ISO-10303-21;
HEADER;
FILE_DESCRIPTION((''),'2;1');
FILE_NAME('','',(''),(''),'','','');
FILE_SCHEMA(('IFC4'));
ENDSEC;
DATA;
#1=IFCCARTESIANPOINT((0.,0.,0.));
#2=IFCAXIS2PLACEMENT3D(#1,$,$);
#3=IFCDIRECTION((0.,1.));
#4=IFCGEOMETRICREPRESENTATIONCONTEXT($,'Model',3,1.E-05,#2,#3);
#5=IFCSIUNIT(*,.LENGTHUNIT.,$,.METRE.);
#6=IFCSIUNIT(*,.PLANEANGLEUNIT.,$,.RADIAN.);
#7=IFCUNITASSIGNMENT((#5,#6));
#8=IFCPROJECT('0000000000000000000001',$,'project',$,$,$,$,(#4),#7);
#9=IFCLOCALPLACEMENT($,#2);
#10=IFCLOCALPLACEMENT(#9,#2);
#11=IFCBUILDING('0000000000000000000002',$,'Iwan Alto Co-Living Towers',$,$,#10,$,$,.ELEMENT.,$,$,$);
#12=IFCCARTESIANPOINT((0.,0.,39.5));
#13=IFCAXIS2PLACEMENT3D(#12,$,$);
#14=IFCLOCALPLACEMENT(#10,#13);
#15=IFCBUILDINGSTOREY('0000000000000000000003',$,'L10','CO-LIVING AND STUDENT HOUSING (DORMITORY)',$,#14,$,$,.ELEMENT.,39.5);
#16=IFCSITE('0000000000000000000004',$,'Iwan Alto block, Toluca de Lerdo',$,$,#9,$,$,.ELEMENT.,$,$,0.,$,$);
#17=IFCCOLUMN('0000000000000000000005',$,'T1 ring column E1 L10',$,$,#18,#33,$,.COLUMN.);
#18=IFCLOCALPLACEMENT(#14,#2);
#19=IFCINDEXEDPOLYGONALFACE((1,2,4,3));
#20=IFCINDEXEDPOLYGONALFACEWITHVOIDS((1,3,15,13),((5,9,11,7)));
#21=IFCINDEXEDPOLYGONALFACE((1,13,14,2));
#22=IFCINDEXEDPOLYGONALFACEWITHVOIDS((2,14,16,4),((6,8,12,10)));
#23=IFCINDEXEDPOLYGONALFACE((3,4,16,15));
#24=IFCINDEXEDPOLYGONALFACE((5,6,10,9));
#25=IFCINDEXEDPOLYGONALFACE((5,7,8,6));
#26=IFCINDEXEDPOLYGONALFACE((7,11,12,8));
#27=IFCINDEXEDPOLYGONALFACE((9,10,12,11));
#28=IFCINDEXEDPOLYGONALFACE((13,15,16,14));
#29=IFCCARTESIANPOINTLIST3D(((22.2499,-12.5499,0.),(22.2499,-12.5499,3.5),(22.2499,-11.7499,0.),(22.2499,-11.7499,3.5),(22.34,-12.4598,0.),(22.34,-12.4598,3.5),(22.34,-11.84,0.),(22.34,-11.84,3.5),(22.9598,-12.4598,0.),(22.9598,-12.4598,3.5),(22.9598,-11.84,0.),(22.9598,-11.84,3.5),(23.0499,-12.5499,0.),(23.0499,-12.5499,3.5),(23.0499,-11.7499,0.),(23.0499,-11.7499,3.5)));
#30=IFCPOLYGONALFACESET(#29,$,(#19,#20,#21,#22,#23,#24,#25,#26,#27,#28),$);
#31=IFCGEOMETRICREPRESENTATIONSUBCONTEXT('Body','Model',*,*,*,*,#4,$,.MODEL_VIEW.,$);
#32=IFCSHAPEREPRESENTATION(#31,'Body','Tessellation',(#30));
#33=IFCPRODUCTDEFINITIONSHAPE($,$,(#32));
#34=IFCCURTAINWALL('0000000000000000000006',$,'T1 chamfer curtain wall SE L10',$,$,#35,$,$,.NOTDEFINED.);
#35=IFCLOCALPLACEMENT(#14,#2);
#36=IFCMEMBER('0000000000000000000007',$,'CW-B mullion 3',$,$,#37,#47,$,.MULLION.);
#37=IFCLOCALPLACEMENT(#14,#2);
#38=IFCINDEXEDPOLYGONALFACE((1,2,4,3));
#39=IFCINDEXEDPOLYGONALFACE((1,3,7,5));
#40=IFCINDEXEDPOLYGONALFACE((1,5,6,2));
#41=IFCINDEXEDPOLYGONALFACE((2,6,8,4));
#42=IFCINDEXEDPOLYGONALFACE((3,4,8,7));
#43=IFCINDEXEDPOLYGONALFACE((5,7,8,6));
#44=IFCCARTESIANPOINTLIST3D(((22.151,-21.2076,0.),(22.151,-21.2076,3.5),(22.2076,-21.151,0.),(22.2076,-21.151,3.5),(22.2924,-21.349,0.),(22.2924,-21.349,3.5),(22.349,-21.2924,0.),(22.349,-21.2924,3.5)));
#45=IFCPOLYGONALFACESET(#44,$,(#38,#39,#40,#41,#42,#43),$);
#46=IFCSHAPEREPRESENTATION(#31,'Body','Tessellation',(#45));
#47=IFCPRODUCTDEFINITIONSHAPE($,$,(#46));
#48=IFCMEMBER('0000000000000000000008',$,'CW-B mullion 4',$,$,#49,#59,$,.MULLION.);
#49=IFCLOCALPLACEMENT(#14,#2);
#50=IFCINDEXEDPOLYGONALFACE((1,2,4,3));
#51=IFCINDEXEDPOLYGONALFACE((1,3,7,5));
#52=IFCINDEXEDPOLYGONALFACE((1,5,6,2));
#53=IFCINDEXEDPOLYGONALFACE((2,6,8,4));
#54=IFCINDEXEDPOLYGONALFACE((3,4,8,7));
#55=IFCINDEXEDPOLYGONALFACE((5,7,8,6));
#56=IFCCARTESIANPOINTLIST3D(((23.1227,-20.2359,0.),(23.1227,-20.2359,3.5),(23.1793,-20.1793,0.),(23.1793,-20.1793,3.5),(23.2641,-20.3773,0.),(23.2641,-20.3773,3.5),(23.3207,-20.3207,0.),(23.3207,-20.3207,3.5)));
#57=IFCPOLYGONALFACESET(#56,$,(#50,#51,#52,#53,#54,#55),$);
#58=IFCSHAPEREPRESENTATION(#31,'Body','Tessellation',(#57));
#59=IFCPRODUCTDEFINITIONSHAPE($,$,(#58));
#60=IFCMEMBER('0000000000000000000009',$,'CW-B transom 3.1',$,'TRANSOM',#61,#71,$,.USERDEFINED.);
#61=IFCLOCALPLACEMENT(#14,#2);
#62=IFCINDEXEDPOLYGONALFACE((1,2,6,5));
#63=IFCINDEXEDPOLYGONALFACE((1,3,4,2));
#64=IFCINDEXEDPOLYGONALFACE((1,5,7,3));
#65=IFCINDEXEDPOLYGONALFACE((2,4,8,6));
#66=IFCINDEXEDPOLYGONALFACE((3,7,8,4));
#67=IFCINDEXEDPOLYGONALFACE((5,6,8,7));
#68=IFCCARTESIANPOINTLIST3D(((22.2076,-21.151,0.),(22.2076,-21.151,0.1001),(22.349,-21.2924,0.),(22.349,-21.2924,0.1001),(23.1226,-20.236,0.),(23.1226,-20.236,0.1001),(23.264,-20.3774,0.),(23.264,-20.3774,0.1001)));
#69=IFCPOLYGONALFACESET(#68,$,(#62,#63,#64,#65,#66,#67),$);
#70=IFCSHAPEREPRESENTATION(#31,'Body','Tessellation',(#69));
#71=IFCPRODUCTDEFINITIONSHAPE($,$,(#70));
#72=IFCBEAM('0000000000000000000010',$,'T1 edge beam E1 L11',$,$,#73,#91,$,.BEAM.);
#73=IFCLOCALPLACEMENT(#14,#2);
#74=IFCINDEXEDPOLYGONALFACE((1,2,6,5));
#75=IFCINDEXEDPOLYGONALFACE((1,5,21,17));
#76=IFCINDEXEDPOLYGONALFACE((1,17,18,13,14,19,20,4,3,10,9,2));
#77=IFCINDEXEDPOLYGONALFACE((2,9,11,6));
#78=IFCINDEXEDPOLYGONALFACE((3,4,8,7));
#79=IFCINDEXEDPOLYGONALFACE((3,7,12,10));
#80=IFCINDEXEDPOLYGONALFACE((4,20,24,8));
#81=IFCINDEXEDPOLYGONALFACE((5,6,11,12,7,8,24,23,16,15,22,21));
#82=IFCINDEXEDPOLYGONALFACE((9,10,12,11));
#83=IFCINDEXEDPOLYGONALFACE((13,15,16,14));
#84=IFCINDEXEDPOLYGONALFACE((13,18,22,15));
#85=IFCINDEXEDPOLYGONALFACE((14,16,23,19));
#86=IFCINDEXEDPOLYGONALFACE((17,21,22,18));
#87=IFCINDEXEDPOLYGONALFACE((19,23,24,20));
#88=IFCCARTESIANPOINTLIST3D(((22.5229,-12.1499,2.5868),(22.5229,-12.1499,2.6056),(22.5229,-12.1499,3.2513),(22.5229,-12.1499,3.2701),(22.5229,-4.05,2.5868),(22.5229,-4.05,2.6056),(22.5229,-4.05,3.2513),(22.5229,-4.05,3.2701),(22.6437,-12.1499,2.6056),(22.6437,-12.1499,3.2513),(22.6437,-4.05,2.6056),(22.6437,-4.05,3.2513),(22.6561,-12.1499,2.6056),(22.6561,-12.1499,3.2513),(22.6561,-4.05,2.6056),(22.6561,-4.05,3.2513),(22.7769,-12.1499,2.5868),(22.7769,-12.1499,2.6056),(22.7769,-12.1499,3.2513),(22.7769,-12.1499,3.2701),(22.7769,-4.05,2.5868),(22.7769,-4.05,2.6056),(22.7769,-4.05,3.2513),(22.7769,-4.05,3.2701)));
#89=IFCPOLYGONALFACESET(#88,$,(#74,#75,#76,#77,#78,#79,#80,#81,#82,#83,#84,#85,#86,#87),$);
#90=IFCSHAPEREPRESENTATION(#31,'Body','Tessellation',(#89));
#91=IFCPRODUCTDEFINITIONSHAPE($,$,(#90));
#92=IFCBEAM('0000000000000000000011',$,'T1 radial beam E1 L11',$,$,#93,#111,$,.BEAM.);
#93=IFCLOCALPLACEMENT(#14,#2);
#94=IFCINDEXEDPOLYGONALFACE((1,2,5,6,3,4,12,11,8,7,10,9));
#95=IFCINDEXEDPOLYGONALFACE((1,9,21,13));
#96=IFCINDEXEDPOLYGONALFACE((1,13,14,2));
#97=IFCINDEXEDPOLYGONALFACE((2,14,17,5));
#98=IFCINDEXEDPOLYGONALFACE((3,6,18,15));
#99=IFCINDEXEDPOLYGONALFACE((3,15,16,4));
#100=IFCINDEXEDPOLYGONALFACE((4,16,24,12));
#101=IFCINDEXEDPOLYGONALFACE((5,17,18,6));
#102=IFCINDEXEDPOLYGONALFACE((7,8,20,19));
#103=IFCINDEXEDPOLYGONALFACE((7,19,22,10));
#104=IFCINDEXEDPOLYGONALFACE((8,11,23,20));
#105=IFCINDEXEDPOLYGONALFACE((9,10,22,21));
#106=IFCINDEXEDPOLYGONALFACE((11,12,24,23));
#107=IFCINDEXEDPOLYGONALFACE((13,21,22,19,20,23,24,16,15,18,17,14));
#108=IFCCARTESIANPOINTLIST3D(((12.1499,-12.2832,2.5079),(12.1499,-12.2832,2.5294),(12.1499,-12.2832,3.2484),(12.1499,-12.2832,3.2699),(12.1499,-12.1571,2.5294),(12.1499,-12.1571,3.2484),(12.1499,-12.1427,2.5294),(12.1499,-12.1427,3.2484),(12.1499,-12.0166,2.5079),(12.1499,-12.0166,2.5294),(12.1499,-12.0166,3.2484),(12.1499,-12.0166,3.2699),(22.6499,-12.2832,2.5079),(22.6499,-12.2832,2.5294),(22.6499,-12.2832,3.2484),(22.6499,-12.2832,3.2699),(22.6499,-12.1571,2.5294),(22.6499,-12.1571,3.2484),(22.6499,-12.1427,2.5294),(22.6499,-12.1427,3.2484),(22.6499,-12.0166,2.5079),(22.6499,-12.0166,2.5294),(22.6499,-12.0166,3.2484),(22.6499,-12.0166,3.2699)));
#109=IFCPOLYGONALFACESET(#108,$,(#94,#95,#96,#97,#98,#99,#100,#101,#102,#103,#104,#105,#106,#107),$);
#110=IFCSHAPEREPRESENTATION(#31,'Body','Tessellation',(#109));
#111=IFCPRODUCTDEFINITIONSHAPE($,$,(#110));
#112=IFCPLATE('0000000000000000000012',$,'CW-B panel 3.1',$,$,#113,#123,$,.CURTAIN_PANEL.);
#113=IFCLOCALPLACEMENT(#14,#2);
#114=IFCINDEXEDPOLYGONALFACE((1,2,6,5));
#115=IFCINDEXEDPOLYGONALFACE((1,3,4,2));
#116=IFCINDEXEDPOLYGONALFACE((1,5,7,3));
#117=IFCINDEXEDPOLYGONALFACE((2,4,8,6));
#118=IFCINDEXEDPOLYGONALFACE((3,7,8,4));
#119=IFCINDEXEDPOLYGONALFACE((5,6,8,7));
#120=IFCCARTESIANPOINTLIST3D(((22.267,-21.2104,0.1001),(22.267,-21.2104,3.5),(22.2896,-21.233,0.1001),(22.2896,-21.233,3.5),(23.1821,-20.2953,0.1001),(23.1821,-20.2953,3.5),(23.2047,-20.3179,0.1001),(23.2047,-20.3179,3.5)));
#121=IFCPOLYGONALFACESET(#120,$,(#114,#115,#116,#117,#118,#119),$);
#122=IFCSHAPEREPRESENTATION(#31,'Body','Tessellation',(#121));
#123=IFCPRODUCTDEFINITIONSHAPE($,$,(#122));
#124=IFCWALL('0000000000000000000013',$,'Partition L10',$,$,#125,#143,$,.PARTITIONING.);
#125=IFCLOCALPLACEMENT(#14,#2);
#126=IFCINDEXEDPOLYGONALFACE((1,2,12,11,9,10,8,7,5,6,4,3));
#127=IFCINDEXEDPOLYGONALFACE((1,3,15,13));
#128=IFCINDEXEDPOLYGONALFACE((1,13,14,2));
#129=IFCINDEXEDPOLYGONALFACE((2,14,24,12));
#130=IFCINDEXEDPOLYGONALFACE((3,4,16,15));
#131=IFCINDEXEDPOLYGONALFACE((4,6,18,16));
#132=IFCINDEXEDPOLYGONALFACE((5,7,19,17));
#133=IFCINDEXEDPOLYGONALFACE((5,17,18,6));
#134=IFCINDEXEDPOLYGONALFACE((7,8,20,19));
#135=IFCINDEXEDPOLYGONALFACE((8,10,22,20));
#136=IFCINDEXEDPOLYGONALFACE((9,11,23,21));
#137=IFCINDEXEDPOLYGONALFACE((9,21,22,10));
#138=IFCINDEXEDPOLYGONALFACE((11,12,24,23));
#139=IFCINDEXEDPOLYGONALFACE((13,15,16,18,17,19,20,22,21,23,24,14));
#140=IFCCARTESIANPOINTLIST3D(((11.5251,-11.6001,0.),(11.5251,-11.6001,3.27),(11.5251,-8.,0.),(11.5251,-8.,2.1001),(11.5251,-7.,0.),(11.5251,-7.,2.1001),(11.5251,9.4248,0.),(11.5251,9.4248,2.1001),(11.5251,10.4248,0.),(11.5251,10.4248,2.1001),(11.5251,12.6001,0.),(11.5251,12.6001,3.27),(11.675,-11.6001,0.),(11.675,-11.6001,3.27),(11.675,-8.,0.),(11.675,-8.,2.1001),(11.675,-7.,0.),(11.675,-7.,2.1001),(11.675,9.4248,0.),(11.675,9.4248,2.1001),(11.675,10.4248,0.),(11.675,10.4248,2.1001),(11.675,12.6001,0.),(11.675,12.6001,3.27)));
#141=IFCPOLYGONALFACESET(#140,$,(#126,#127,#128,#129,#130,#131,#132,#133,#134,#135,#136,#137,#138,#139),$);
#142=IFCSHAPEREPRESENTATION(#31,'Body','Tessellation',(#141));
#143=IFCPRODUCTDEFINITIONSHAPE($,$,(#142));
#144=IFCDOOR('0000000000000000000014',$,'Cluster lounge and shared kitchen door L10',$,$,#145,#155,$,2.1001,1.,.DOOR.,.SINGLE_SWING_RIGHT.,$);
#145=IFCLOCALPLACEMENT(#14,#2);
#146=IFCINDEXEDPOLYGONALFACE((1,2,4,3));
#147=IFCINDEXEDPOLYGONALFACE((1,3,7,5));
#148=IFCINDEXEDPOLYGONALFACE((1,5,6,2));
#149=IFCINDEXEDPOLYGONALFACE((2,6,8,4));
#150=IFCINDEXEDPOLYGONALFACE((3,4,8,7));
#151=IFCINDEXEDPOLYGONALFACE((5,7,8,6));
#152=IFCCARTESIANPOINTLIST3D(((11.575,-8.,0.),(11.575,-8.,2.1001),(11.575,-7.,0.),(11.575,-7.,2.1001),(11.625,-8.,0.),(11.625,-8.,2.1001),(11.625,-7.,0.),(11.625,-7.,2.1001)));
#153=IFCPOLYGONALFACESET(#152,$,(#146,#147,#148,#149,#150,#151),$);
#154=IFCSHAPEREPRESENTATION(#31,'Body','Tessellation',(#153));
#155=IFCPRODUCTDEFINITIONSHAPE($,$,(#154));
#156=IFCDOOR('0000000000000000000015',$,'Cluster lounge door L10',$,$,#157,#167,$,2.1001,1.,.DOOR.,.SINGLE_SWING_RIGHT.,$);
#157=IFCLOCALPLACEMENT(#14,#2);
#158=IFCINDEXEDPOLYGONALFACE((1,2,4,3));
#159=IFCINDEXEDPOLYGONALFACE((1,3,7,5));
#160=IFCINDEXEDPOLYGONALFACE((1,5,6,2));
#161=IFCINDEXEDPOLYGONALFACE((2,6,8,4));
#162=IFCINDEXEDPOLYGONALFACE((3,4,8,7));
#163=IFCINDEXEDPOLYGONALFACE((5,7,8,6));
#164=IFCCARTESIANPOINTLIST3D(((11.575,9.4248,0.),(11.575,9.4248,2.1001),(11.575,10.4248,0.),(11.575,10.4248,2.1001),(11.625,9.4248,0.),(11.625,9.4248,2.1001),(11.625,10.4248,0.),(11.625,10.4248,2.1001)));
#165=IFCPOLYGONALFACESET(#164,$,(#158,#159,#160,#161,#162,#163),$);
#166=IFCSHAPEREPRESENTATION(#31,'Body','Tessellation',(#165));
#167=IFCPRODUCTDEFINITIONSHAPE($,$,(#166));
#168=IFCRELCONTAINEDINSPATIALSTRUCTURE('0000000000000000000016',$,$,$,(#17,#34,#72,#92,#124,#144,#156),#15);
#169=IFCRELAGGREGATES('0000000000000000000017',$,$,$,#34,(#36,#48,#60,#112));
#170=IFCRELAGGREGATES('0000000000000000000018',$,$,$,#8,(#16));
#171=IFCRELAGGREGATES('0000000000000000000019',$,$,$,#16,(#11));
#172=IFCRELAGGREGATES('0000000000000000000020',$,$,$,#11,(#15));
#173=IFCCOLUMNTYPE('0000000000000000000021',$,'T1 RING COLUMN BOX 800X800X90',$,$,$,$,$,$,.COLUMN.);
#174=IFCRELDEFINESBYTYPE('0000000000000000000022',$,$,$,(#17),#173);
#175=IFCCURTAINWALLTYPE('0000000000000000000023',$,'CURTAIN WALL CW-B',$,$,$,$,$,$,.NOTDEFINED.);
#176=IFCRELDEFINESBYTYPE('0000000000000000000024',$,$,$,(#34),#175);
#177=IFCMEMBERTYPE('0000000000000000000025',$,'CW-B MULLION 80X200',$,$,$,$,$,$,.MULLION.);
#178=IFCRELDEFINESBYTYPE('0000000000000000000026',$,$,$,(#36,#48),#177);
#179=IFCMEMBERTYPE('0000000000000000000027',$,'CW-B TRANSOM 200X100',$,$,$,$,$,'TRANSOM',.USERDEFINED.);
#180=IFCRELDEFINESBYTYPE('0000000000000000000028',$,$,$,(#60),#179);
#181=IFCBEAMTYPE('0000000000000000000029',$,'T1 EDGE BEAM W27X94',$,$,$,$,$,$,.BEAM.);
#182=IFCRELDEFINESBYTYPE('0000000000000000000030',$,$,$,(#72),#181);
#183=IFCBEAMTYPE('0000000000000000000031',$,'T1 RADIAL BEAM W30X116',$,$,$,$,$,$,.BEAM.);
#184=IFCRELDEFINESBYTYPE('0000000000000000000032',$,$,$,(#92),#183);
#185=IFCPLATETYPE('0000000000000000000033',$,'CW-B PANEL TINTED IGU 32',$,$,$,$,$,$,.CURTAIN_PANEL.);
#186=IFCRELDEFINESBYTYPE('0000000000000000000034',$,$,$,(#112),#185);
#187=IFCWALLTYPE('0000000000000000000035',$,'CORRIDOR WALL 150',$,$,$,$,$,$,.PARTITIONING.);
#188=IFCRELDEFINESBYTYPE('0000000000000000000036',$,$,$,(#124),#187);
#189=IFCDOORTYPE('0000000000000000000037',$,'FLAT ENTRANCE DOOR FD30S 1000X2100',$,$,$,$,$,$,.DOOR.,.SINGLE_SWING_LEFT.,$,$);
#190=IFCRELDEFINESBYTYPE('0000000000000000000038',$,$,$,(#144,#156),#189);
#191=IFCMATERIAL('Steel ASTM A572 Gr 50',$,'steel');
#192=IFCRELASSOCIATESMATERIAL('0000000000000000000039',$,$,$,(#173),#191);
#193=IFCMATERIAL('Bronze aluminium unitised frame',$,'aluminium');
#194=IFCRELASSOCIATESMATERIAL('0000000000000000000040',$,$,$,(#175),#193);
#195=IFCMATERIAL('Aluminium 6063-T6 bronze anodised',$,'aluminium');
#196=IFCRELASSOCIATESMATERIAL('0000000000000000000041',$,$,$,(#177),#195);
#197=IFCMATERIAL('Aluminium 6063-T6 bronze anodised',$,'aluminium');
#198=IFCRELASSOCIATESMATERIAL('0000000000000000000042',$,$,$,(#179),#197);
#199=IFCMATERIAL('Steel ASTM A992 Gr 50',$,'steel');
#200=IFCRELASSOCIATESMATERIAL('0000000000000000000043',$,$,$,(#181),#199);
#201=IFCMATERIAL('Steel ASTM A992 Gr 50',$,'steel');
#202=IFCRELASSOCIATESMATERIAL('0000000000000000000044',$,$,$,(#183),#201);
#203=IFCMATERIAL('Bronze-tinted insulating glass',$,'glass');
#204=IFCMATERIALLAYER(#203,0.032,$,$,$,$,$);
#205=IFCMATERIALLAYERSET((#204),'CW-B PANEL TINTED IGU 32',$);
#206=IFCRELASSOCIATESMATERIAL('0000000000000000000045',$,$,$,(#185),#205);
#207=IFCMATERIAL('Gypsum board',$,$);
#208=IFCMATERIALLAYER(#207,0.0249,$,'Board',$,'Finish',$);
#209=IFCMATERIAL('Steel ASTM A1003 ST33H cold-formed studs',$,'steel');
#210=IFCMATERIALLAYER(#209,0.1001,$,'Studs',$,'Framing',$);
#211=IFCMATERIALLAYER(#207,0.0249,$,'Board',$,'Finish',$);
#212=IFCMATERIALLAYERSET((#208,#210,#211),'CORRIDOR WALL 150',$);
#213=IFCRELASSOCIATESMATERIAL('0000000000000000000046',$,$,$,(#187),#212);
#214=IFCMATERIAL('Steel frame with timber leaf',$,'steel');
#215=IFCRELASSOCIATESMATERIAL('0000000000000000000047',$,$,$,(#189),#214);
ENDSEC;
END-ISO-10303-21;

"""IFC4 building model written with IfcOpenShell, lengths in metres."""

from ifc_helpers import new_model, si_unit, direction, frame, frame_2d, origin, origin_2d, place, context, subcontext, project, spatial, rectangle, hollow_rectangle, i_section, extrude, material, layer, layer_set, material_profile, profile_set, type_object, element, fill, aggregate, save


model = new_model("IFC4")

# Units and contexts
model_context = context("Model", 3, precision=1e-05, world=origin(), true_north=direction((0.0, 1.0)))
body_context = subcontext(model_context, "Body", "Model", "MODEL_VIEW")
ifc_project = project(units=[si_unit("LENGTHUNIT", "METRE"), si_unit("PLANEANGLEUNIT", "RADIAN")], contexts=[model_context])

# Site, building, storey
site_placement = place(None, origin())
site = spatial("IfcSite", under=ifc_project, at=site_placement, Name="Iwan Alto block, Toluca de Lerdo", CompositionType="ELEMENT", RefElevation=0.0)
building_placement = place(site_placement, origin())
building = spatial("IfcBuilding", under=site, at=building_placement, Name="Iwan Alto Co-Living Towers", CompositionType="ELEMENT")
storey_placement = place(building_placement, frame((0.0, 0.0, 39.5)))
storey = spatial("IfcBuildingStorey", under=building, at=storey_placement, Name="L10", Description="CO-LIVING AND STUDENT HOUSING (DORMITORY)", CompositionType="ELEMENT", Elevation=39.5)

# Column
ifc_material_1 = material(Name="Steel ASTM A572 Gr 50", Category="steel")
ifc_material_profile_1 = material_profile(ifc_material_1, hollow_rectangle(XDim=0.8, YDim=0.8, WallThickness=0.0901, at=origin_2d()), Name="BOX 800X800X90")
ifc_profile_set_1 = profile_set([ifc_material_profile_1], Name="Steel ASTM A572 Gr 50")
column_type = type_object("IfcColumnType", Name="T1 RING COLUMN BOX 800X800X90", PredefinedType="COLUMN", material=ifc_profile_set_1)
column_placement = place(storey_placement, frame((22.6499, -12.1499, 0.0), z_axis=(0.0, 0.0, 1.0), x_axis=(1.0, 0.0, 0.0)))
element("IfcColumn", 1, at=column_placement, inside=storey, type_object=column_type, Name="T1 ring column E1 L10", PredefinedType="COLUMN", context=body_context, shape_type="SweptSolid", body=[
    extrude(hollow_rectangle(XDim=0.8, YDim=0.8, WallThickness=0.0901, at=origin_2d()), origin(), (0.0, 0.0, 1.0), 3.5),
])

# Curtain wall, members
ifc_material_2 = material(Name="Bronze aluminium unitised frame", Category="aluminium")
curtain_wall_type = type_object("IfcCurtainWallType", Name="CURTAIN WALL CW-B", PredefinedType="NOTDEFINED", material=ifc_material_2)
curtain_wall_placement = place(storey_placement, origin())
curtain_wall = element("IfcCurtainWall", 2, at=curtain_wall_placement, inside=storey, type_object=curtain_wall_type, Name="T1 chamfer curtain wall SE L10", PredefinedType="NOTDEFINED")
ifc_material_3 = material(Name="Aluminium 6063-T6 bronze anodised", Category="aluminium")
ifc_material_profile_2 = material_profile(ifc_material_3, rectangle(XDim=0.2, YDim=0.0801, at=origin_2d()), Name="AL 80X200")
ifc_profile_set_2 = profile_set([ifc_material_profile_2], Name="Aluminium 6063-T6 bronze anodised")
member_type_1 = type_object("IfcMemberType", Name="CW-B MULLION 80X200", PredefinedType="MULLION", material=ifc_profile_set_2)
member_1_placement = place(storey_placement, frame((22.25, -21.25, 0.0), z_axis=(0.0, 0.0, 1.0), x_axis=(-0.707107, 0.707107, 0.0)))
member_1 = element("IfcMember", 3, at=member_1_placement, type_object=member_type_1, Name="CW-B mullion 3", PredefinedType="MULLION", context=body_context, shape_type="SweptSolid", body=[
    extrude(rectangle(XDim=0.2, YDim=0.0801, at=origin_2d()), origin(), (0.0, 0.0, 1.0), 3.5),
])
member_2_placement = place(storey_placement, frame((23.2217, -20.2783, 0.0), z_axis=(0.0, 0.0, 1.0), x_axis=(-0.707107, 0.707107, 0.0)))
member_2 = element("IfcMember", 4, at=member_2_placement, type_object=member_type_1, Name="CW-B mullion 4", PredefinedType="MULLION", context=body_context, shape_type="SweptSolid", body=[
    extrude(rectangle(XDim=0.2, YDim=0.0801, at=origin_2d()), origin(), (0.0, 0.0, 1.0), 3.5),
])
ifc_material_4 = material(Name="Aluminium 6063-T6 bronze anodised", Category="aluminium")
ifc_material_profile_3 = material_profile(ifc_material_4, rectangle(XDim=0.2, YDim=0.1001, at=origin_2d()), Name="AL 200X100")
ifc_profile_set_3 = profile_set([ifc_material_profile_3], Name="Aluminium 6063-T6 bronze anodised")
member_type_2 = type_object("IfcMemberType", Name="CW-B TRANSOM 200X100", ElementType="TRANSOM", PredefinedType="USERDEFINED", material=ifc_profile_set_3)
member_3_placement = place(storey_placement, frame((22.2783, -21.2217, 0.05), z_axis=(0.707107, 0.707107, 0.0), x_axis=(-0.707107, 0.707107, 0.0)))
member_3 = element("IfcMember", 5, at=member_3_placement, type_object=member_type_2, Name="CW-B transom 3.1", ObjectType="TRANSOM", PredefinedType="USERDEFINED", context=body_context, shape_type="SweptSolid", body=[
    extrude(rectangle(XDim=0.2, YDim=0.1001, at=origin_2d()), origin(), (0.0, 0.0, 1.0), 1.2939),
])

# Beams
ifc_material_5 = material(Name="Steel ASTM A992 Gr 50", Category="steel")
ifc_material_profile_4 = material_profile(ifc_material_5, i_section(OverallWidth=0.2539, OverallDepth=0.6833, WebThickness=0.0125, FlangeThickness=0.0188, at=origin_2d()), Name="W27X94")
ifc_profile_set_4 = profile_set([ifc_material_profile_4], Name="Steel ASTM A992 Gr 50")
beam_type_1 = type_object("IfcBeamType", Name="T1 EDGE BEAM W27X94", PredefinedType="BEAM", material=ifc_profile_set_4)
beam_1_placement = place(storey_placement, frame((22.6499, -12.1499, 2.9285), z_axis=(0.0, 1.0, 0.0), x_axis=(-1.0, 0.0, 0.0)))
element("IfcBeam", 6, at=beam_1_placement, inside=storey, type_object=beam_type_1, Name="T1 edge beam E1 L11", PredefinedType="BEAM", context=body_context, shape_type="SweptSolid", body=[
    extrude(i_section(OverallWidth=0.2539, OverallDepth=0.6833, WebThickness=0.0125, FlangeThickness=0.0188, at=origin_2d()), origin(), (0.0, 0.0, 1.0), 8.0999),
])
ifc_material_6 = material(Name="Steel ASTM A992 Gr 50", Category="steel")
ifc_material_profile_5 = material_profile(ifc_material_6, i_section(OverallWidth=0.2666, OverallDepth=0.762, WebThickness=0.0144, FlangeThickness=0.0215, at=origin_2d()), Name="W30X116")
ifc_profile_set_5 = profile_set([ifc_material_profile_5], Name="Steel ASTM A992 Gr 50")
beam_type_2 = type_object("IfcBeamType", Name="T1 RADIAL BEAM W30X116", PredefinedType="BEAM", material=ifc_profile_set_5)
beam_2_placement = place(storey_placement, frame((22.6499, -12.1499, 2.8889), z_axis=(-1.0, 0.0, 0.0), x_axis=(0.0, -1.0, 0.0)))
element("IfcBeam", 7, at=beam_2_placement, inside=storey, type_object=beam_type_2, Name="T1 radial beam E1 L11", PredefinedType="BEAM", context=body_context, shape_type="SweptSolid", body=[
    extrude(i_section(OverallWidth=0.2666, OverallDepth=0.762, WebThickness=0.0144, FlangeThickness=0.0215, at=origin_2d()), origin(), (0.0, 0.0, 1.0), 10.5),
])

# Plate
ifc_material_7 = material(Name="Bronze-tinted insulating glass", Category="glass")
ifc_layer_1 = layer(ifc_material_7, 0.032)
ifc_layer_set_1 = layer_set([ifc_layer_1], Name="CW-B PANEL TINTED IGU 32")
plate_type = type_object("IfcPlateType", Name="CW-B PANEL TINTED IGU 32", PredefinedType="CURTAIN_PANEL", material=ifc_layer_set_1)
plate_placement = place(storey_placement, frame((22.7358, -20.7642, 0.1001), z_axis=(0.0, 0.0, 1.0), x_axis=(0.707107, 0.707107, 0.0)))
plate = element("IfcPlate", 8, at=plate_placement, type_object=plate_type, Name="CW-B panel 3.1", PredefinedType="CURTAIN_PANEL", context=body_context, shape_type="SweptSolid", body=[
    extrude(rectangle(XDim=1.2942, YDim=0.032, at=origin_2d()), origin(), (0.0, 0.0, 1.0), 3.3999),
])
aggregate(curtain_wall, [member_1, member_2, member_3, plate])

# Wall, openings, doors
ifc_material_8 = material(Name="Gypsum board")
ifc_layer_2 = layer(ifc_material_8, 0.0249, Name="Board", Category="Finish")
ifc_material_9 = material(Name="Steel ASTM A1003 ST33H cold-formed studs", Category="steel")
ifc_layer_3 = layer(ifc_material_9, 0.1001, Name="Studs", Category="Framing")
ifc_layer_4 = layer(ifc_material_8, 0.0249, Name="Board", Category="Finish")
ifc_layer_set_2 = layer_set([ifc_layer_2, ifc_layer_3, ifc_layer_4], Name="CORRIDOR WALL 150")
wall_type_1 = type_object("IfcWallType", Name="CORRIDOR WALL 150", PredefinedType="PARTITIONING", material=ifc_layer_set_2)
wall_1_placement = place(storey_placement, frame((11.6001, -11.6001, 0.0), z_axis=(0.0, 0.0, 1.0), x_axis=(0.0, 1.0, 0.0)))
wall_1 = element("IfcWall", 9, at=wall_1_placement, inside=storey, type_object=wall_type_1, Name="Partition L10", PredefinedType="PARTITIONING", context=body_context, shape_type="SweptSolid", body=[
    extrude(rectangle(XDim=24.2002, YDim=0.1499, at=frame_2d((12.1001, 0.0))), origin(), (0.0, 0.0, 1.0), 3.27),
])
opening_1_placement = place(wall_1_placement, frame((3.6001, 0.0, 0.0)))
opening_1 = element("IfcOpeningElement", 10, at=opening_1_placement, cuts=wall_1, PredefinedType="OPENING", context=body_context, shape_type="SweptSolid", body=[
    extrude(rectangle(XDim=1.0, YDim=2.1001, at=frame_2d((0.5, 1.05))), frame((0.0, 0.085, 0.0), z_axis=(0.0, -1.0, 0.0), x_axis=(1.0, 0.0, 0.0)), (0.0, 0.0, 1.0), 0.1699),
])
opening_2_placement = place(wall_1_placement, frame((21.0249, 0.0, 0.0)))
opening_2 = element("IfcOpeningElement", 11, at=opening_2_placement, cuts=wall_1, PredefinedType="OPENING", context=body_context, shape_type="SweptSolid", body=[
    extrude(rectangle(XDim=1.0, YDim=2.1001, at=frame_2d((0.5, 1.05))), frame((0.0, 0.085, 0.0), z_axis=(0.0, -1.0, 0.0), x_axis=(1.0, 0.0, 0.0)), (0.0, 0.0, 1.0), 0.1699),
])
ifc_material_10 = material(Name="Steel frame with timber leaf", Category="steel")
door_type_1 = type_object("IfcDoorType", Name="FLAT ENTRANCE DOOR FD30S 1000X2100", OperationType="SINGLE_SWING_LEFT", PredefinedType="DOOR", material=ifc_material_10)
door_1_placement = place(opening_1_placement, frame((1.0, 0.0, 0.0), z_axis=(0.0, 0.0, 1.0), x_axis=(-1.0, 0.0, 0.0)))
door_1 = element("IfcDoor", 12, at=door_1_placement, inside=storey, type_object=door_type_1, Name="Cluster lounge and shared kitchen door L10", OperationType="SINGLE_SWING_RIGHT", OverallHeight=2.1001, OverallWidth=1.0, PredefinedType="DOOR", context=body_context, shape_type="SweptSolid", body=[
    extrude(rectangle(XDim=1.0, YDim=2.1001, at=frame_2d((0.5, 1.05))), frame((0.0, 0.0249, 0.0), z_axis=(0.0, -1.0, 0.0), x_axis=(1.0, 0.0, 0.0)), (0.0, 0.0, 1.0), 0.05),
])
fill(opening_1, door_1)
door_2_placement = place(opening_2_placement, frame((1.0, 0.0, 0.0), z_axis=(0.0, 0.0, 1.0), x_axis=(-1.0, 0.0, 0.0)))
door_2 = element("IfcDoor", 13, at=door_2_placement, inside=storey, type_object=door_type_1, Name="Cluster lounge door L10", OperationType="SINGLE_SWING_RIGHT", OverallHeight=2.1001, OverallWidth=1.0, PredefinedType="DOOR", context=body_context, shape_type="SweptSolid", body=[
    extrude(rectangle(XDim=1.0, YDim=2.1001, at=frame_2d((0.5, 1.05))), frame((0.0, 0.0249, 0.0), z_axis=(0.0, -1.0, 0.0), x_axis=(1.0, 0.0, 0.0)), (0.0, 0.0, 1.0), 0.05),
])
fill(opening_2, door_2)

save(model, "model.ifc")
